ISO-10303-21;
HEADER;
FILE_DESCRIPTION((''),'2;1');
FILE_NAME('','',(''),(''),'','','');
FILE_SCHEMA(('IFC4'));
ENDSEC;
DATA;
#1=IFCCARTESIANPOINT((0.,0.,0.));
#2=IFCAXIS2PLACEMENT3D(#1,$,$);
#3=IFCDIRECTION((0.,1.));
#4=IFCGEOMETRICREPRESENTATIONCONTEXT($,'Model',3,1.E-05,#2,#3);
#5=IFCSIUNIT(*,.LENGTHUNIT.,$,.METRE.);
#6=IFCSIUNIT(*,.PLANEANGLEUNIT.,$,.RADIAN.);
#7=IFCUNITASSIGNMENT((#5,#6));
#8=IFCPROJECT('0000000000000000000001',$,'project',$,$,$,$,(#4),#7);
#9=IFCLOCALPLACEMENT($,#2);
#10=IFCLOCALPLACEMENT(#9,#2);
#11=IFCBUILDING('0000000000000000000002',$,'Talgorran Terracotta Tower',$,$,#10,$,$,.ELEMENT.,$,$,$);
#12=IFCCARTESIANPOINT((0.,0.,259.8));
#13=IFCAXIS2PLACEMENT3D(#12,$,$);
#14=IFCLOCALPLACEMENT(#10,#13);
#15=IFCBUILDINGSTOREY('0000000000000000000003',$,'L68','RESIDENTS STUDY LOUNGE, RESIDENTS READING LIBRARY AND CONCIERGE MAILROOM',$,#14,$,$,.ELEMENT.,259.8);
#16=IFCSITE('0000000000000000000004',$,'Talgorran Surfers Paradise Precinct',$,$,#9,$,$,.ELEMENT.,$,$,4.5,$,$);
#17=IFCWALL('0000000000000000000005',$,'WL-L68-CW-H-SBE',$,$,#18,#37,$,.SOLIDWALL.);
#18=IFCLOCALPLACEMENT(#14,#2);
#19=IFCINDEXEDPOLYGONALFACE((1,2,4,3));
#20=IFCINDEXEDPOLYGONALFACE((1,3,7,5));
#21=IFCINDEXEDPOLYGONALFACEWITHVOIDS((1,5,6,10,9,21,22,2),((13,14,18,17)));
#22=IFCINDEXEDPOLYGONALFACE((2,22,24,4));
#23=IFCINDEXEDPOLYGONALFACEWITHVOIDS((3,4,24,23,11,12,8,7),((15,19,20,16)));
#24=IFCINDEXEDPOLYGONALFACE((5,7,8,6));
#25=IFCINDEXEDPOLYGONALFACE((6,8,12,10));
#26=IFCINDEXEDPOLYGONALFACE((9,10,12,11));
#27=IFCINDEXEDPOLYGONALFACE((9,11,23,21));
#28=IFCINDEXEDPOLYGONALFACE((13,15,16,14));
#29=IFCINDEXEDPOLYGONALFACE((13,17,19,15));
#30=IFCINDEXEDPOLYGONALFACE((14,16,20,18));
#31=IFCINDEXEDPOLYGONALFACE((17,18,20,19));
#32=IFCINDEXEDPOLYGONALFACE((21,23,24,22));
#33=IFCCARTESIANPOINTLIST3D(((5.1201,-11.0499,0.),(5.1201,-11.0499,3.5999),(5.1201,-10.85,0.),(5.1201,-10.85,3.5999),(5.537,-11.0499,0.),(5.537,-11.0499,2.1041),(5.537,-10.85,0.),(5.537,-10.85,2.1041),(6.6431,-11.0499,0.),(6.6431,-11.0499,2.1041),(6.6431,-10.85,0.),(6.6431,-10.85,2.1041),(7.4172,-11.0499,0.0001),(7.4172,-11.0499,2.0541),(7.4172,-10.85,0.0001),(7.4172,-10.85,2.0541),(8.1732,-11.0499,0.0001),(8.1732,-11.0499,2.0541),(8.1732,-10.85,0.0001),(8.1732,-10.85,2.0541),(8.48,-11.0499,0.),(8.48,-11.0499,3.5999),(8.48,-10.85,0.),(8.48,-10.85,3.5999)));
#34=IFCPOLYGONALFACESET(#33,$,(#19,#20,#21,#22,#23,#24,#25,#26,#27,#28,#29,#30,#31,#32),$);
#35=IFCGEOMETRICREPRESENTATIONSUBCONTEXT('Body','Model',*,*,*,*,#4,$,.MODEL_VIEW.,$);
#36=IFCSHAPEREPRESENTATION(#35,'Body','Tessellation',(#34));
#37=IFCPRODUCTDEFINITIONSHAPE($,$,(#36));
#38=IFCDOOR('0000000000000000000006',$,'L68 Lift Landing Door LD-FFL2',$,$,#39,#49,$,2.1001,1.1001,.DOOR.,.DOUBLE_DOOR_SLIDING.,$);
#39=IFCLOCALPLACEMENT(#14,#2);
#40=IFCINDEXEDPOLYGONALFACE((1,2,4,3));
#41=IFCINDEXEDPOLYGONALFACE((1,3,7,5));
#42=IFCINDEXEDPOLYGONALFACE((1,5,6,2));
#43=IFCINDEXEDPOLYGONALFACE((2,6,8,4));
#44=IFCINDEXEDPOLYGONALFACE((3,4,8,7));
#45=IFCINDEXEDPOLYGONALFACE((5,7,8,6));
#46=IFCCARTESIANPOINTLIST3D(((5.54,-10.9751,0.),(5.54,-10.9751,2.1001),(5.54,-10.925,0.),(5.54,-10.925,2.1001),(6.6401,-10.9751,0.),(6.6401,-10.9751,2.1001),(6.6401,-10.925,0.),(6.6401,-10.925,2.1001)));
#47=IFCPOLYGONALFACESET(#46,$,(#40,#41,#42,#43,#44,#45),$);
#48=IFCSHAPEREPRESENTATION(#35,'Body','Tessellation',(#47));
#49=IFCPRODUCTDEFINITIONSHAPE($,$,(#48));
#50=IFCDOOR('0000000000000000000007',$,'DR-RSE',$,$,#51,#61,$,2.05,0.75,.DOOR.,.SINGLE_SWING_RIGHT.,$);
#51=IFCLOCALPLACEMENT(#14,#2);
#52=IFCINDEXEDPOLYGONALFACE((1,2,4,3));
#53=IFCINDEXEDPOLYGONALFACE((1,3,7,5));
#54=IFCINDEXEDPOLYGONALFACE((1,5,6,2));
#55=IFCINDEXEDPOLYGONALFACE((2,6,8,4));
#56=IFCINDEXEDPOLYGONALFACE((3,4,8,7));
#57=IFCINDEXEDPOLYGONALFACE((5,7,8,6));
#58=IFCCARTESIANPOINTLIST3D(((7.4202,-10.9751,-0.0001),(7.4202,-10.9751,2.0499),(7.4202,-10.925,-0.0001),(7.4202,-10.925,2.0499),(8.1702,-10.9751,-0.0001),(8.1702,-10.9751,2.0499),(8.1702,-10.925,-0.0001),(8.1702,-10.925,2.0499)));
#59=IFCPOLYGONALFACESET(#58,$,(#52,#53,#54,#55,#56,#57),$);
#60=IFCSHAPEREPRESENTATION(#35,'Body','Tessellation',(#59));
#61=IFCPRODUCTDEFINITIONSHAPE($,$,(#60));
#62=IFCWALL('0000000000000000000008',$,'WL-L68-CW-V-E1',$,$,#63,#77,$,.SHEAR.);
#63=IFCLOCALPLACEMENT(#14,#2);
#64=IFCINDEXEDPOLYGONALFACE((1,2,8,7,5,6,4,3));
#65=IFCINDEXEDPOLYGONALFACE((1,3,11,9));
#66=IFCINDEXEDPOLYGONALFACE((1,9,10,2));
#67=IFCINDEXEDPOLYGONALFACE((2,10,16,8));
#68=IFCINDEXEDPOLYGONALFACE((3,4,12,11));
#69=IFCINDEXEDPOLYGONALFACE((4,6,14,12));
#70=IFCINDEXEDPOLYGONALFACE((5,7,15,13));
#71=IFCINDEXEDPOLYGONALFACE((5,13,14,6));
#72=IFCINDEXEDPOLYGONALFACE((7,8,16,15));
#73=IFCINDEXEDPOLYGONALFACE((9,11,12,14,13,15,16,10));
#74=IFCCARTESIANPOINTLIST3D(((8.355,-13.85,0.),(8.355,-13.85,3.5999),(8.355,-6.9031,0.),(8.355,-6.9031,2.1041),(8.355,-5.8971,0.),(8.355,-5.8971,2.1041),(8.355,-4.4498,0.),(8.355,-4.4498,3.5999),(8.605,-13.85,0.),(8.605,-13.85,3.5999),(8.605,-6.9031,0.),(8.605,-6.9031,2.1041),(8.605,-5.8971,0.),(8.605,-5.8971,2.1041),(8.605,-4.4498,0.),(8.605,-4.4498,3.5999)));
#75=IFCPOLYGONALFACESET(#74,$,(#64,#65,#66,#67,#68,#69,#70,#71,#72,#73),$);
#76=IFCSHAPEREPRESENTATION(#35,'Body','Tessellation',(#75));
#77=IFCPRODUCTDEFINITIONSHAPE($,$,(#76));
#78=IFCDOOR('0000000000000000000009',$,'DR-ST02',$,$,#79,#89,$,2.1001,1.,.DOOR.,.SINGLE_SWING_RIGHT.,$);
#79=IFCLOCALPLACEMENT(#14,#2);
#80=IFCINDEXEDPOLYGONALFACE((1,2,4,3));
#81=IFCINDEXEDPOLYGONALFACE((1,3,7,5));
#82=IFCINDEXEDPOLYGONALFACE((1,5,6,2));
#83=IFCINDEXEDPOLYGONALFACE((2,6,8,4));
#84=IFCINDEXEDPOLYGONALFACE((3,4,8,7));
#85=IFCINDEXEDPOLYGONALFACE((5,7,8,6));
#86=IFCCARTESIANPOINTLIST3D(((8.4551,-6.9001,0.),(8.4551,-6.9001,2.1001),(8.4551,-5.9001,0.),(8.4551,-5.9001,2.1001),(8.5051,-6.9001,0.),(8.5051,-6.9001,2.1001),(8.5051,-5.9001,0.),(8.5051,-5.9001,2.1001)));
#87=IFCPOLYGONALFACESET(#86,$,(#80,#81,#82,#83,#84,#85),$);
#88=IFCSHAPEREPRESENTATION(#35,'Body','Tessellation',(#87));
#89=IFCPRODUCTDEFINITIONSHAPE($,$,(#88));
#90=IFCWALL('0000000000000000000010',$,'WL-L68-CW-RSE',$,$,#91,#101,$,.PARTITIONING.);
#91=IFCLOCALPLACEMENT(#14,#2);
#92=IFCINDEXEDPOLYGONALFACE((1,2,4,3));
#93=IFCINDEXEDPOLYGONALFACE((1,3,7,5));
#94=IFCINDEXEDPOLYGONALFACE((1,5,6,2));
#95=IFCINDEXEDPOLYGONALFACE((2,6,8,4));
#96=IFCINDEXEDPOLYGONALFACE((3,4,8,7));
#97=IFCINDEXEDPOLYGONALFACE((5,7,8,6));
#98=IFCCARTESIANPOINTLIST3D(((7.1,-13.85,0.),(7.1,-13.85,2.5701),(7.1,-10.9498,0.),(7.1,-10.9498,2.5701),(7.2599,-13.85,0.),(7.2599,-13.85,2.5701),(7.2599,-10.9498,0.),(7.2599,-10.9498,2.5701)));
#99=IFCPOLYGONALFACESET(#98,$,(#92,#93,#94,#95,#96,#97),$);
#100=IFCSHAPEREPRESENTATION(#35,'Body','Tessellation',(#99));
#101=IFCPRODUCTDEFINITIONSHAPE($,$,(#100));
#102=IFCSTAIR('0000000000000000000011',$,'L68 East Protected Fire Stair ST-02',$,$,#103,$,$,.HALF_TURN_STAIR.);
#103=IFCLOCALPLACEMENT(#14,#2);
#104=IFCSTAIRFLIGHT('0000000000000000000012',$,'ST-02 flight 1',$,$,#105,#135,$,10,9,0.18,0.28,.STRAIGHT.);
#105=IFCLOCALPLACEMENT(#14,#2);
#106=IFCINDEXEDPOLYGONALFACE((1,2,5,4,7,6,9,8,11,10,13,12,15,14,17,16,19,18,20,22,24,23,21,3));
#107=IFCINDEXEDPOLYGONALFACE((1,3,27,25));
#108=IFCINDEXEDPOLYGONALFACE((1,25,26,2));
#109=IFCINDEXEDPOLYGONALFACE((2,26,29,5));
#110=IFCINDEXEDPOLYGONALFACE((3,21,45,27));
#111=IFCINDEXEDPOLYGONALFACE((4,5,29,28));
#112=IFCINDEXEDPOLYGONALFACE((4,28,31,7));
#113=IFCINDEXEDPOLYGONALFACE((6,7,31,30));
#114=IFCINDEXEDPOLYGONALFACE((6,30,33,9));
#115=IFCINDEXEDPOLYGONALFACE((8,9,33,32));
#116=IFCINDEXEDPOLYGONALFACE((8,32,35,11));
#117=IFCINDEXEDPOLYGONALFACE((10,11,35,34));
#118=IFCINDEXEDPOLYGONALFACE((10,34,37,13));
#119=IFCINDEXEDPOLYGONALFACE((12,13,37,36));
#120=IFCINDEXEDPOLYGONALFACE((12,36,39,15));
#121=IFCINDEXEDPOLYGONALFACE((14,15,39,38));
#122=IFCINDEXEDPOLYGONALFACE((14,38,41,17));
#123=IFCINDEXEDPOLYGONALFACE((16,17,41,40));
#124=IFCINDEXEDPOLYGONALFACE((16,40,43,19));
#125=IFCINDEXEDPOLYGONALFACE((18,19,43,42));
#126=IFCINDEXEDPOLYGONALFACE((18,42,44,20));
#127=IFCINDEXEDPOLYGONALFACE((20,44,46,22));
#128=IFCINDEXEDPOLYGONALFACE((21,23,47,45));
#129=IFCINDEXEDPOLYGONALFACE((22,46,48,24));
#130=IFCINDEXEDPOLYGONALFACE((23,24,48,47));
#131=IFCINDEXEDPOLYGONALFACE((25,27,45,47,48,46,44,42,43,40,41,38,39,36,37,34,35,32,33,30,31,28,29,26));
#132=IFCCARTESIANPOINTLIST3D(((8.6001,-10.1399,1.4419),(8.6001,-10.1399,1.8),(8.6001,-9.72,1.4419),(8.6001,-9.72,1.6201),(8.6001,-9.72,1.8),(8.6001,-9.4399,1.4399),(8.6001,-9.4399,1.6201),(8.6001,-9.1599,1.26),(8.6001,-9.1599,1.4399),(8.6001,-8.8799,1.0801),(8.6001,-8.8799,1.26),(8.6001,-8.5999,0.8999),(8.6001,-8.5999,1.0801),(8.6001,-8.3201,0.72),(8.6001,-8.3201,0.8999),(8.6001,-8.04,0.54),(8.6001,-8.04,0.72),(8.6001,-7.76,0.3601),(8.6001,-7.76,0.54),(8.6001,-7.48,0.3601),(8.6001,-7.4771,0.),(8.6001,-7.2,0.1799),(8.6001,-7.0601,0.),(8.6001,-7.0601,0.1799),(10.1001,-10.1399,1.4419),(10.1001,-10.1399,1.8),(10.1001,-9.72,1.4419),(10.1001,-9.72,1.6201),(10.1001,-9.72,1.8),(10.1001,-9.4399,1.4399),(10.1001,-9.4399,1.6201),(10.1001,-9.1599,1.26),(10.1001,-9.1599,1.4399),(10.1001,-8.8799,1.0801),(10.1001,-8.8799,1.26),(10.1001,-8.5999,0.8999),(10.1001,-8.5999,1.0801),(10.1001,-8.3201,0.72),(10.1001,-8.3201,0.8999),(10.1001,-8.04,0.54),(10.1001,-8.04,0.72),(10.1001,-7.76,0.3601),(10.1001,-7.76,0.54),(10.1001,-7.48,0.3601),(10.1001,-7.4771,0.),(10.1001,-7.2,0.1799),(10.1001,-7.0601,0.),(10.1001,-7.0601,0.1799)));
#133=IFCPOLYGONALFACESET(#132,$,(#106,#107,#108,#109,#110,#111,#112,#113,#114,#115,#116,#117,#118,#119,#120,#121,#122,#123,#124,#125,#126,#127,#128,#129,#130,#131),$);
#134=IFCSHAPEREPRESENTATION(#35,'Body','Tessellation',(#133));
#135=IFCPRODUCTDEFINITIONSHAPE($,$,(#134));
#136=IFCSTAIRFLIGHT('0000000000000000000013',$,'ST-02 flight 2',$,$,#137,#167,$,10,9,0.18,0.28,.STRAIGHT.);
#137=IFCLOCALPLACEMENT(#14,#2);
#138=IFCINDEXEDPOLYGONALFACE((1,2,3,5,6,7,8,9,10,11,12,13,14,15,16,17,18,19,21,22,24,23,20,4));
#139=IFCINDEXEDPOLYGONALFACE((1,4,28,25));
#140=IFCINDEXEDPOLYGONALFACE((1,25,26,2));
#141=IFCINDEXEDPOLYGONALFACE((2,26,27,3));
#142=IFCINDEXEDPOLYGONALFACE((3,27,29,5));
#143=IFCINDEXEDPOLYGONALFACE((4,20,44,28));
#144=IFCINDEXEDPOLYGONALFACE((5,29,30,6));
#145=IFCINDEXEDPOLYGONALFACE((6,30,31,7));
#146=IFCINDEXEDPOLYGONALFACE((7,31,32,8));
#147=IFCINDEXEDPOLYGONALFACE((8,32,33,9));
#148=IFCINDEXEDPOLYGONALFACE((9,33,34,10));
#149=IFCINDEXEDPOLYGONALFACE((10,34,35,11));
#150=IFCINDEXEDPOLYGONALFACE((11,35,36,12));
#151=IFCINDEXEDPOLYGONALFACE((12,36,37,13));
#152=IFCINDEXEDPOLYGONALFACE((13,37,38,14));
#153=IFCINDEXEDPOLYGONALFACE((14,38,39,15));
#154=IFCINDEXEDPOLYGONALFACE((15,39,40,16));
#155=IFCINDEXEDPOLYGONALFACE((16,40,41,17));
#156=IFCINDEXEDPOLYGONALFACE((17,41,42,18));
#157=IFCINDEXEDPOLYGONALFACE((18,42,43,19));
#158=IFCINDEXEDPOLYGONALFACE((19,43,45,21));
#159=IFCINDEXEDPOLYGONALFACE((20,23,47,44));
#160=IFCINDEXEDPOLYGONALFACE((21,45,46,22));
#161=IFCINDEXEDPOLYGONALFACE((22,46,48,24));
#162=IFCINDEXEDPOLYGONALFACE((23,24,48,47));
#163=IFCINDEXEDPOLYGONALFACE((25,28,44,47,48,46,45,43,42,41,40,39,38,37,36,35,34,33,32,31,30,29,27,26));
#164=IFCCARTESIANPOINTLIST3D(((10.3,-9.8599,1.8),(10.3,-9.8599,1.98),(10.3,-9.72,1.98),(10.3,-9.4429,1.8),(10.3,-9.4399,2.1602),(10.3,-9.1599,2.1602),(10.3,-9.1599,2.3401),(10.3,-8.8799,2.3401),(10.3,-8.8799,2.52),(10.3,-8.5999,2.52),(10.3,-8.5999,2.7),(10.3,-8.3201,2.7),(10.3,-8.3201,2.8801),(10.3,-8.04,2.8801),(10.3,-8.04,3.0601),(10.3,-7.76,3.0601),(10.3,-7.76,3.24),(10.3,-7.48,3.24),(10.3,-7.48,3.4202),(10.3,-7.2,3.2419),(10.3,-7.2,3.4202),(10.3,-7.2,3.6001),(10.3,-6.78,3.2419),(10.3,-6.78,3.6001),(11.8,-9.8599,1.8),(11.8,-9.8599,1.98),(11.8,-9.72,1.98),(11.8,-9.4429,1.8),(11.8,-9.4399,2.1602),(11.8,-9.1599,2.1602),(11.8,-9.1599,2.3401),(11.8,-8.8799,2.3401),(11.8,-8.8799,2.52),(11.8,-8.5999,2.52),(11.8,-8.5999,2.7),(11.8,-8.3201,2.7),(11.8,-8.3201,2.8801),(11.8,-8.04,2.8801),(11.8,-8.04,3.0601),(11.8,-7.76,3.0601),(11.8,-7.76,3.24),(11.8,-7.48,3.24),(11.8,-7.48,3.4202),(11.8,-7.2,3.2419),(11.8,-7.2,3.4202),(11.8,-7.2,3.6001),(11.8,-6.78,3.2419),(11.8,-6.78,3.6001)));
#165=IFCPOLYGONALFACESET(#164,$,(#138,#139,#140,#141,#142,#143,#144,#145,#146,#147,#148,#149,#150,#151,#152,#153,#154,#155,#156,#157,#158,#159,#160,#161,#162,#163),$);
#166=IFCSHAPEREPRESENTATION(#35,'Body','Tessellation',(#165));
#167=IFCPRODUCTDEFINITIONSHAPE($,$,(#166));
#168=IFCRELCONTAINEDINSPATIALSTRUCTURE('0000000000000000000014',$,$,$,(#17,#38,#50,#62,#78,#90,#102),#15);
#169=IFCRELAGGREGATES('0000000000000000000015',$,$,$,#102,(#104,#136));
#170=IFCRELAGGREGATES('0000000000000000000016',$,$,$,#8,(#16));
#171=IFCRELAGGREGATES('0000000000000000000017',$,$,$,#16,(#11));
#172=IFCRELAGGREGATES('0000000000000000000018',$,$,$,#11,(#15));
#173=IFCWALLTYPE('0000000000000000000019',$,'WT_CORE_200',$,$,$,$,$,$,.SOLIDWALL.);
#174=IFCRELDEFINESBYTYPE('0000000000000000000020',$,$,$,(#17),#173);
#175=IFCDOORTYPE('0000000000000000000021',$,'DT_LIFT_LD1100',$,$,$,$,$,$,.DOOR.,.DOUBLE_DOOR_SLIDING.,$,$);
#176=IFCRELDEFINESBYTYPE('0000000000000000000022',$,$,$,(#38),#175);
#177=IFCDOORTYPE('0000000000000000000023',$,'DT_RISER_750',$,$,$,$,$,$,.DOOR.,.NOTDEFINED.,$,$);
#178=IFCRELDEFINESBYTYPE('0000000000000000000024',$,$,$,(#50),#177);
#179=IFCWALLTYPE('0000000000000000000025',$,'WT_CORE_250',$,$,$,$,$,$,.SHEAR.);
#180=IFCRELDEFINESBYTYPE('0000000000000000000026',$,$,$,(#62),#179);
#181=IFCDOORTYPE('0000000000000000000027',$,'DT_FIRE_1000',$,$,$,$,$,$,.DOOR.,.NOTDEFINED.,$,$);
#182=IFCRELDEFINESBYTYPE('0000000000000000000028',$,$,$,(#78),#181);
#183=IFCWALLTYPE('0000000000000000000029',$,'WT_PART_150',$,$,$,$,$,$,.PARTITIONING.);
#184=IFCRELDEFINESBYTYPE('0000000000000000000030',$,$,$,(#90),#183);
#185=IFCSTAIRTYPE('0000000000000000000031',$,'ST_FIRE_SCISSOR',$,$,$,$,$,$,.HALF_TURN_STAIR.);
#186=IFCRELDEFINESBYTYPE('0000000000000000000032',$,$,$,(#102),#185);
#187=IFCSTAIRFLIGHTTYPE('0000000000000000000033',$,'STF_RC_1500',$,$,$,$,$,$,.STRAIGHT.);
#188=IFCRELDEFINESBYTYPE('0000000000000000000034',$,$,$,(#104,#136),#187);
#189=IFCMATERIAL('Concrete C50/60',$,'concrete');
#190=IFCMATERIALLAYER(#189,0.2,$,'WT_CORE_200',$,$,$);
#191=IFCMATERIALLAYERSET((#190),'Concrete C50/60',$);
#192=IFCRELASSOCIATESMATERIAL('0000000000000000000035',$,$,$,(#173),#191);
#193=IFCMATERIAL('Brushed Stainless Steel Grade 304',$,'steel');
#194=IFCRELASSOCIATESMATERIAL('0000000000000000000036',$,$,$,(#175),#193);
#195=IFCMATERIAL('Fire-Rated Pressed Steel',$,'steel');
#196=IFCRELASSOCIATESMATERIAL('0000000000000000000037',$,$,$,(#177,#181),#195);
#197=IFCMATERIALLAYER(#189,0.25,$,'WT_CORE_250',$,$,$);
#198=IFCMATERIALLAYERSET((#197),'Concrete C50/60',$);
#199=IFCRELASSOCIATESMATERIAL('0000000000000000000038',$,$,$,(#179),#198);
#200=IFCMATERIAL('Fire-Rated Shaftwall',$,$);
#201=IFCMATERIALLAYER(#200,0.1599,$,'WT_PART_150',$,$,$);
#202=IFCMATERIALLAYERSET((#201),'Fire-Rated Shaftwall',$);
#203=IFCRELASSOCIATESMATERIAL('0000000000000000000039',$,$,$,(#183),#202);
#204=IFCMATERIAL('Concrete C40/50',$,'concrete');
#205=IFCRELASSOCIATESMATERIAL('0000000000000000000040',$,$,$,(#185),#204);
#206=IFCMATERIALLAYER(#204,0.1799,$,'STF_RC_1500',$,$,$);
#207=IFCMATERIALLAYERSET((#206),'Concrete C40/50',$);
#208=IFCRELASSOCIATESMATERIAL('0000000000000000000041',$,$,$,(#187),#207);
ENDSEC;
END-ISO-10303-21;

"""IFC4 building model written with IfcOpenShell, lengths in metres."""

from ifc_helpers import new_model, si_unit, direction, frame, frame_2d, origin, place, context, subcontext, project, spatial, polyline, rectangle, outline, extrude, material, layer, layer_set, type_object, element, fill, aggregate, save


model = new_model("IFC4")

# Units and contexts
model_context = context("Model", 3, precision=1e-05, world=origin(), true_north=direction((0.0, 1.0)))
body_context = subcontext(model_context, "Body", "Model", "MODEL_VIEW")
ifc_project = project(units=[si_unit("LENGTHUNIT", "METRE"), si_unit("PLANEANGLEUNIT", "RADIAN")], contexts=[model_context])

# Site, building, storey
site_placement = place(None, origin())
site = spatial("IfcSite", under=ifc_project, at=site_placement, Name="Talgorran Surfers Paradise Precinct", CompositionType="ELEMENT", RefElevation=4.5)
building_placement = place(site_placement, origin())
building = spatial("IfcBuilding", under=site, at=building_placement, Name="Talgorran Terracotta Tower", CompositionType="ELEMENT")
storey_placement = place(building_placement, frame((0.0, 0.0, 259.8)))
storey = spatial("IfcBuildingStorey", under=building, at=storey_placement, Name="L68", Description="RESIDENTS STUDY LOUNGE, RESIDENTS READING LIBRARY AND CONCIERGE MAILROOM", CompositionType="ELEMENT", Elevation=259.8)

# Shared definitions
ifc_material_1 = material(Name="Concrete C50/60", Category="concrete")

# Shared definitions
ifc_layer_1 = layer(ifc_material_1, 0.2, Name="WT_CORE_200")
ifc_layer_set_1 = layer_set([ifc_layer_1], Name="Concrete C50/60")
wall_type_1 = type_object("IfcWallType", Name="WT_CORE_200", PredefinedType="SOLIDWALL", material=ifc_layer_set_1)

# Wall, openings, doors
wall_1_placement = place(storey_placement, frame((5.1201, -10.95, 0.0), z_axis=(0.0, 0.0, 1.0), x_axis=(1.0, 0.0, 0.0)))
wall_1 = element("IfcWall", 1, at=wall_1_placement, inside=storey, type_object=wall_type_1, Name="WL-L68-CW-H-SBE", PredefinedType="SOLIDWALL", context=body_context, shape_type="SweptSolid", body=[
    extrude(rectangle(XDim=3.3599, YDim=0.2, at=frame_2d((1.6799, 0.0))), origin(), (0.0, 0.0, 1.0), 3.5999),
])
opening_1_placement = place(wall_1_placement, frame((0.4199, 0.0, 0.0)))
opening_1 = element("IfcOpeningElement", 2, at=opening_1_placement, cuts=wall_1, PredefinedType="OPENING", context=body_context, shape_type="SweptSolid", body=[
    extrude(rectangle(XDim=1.1061, YDim=2.1041, at=frame_2d((0.55, 1.052))), frame((0.0, 0.1099, 0.0), z_axis=(0.0, -1.0, 0.0), x_axis=(1.0, 0.0, 0.0)), (0.0, 0.0, 1.0), 0.22),
])
opening_2_placement = place(wall_1_placement, frame((2.3, 0.0, 0.0)))
opening_2 = element("IfcOpeningElement", 3, at=opening_2_placement, cuts=wall_1, PredefinedType="OPENING", context=body_context, shape_type="SweptSolid", body=[
    extrude(rectangle(XDim=0.756, YDim=2.054, at=frame_2d((0.375, 1.0271))), frame((0.0, 0.1099, 0.0), z_axis=(0.0, -1.0, 0.0), x_axis=(1.0, 0.0, 0.0)), (0.0, 0.0, 1.0), 0.22),
])
ifc_material_2 = material(Name="Brushed Stainless Steel Grade 304", Category="steel")
door_type_1 = type_object("IfcDoorType", Name="DT_LIFT_LD1100", OperationType="DOUBLE_DOOR_SLIDING", PredefinedType="DOOR", material=ifc_material_2)
door_1_placement = place(opening_1_placement, origin())
door_1 = element("IfcDoor", 4, at=door_1_placement, inside=storey, type_object=door_type_1, Name="L68 Lift Landing Door LD-FFL2", OperationType="DOUBLE_DOOR_SLIDING", OverallHeight=2.1001, OverallWidth=1.1001, PredefinedType="DOOR", context=body_context, shape_type="SweptSolid", body=[
    extrude(rectangle(XDim=1.1001, YDim=2.1001, at=frame_2d((0.55, 1.05))), frame((0.0, 0.0249, 0.0), z_axis=(0.0, -1.0, 0.0), x_axis=(1.0, 0.0, 0.0)), (0.0, 0.0, 1.0), 0.05),
])
fill(opening_1, door_1)
ifc_material_3 = material(Name="Fire-Rated Pressed Steel", Category="steel")
door_type_2 = type_object("IfcDoorType", Name="DT_RISER_750", OperationType="NOTDEFINED", PredefinedType="DOOR", material=ifc_material_3)
door_2_placement = place(opening_2_placement, origin())
door_2 = element("IfcDoor", 5, at=door_2_placement, inside=storey, type_object=door_type_2, Name="DR-RSE", OperationType="SINGLE_SWING_RIGHT", OverallHeight=2.05, OverallWidth=0.75, PredefinedType="DOOR", context=body_context, shape_type="SweptSolid", body=[
    extrude(rectangle(XDim=0.75, YDim=2.05, at=frame_2d((0.375, 1.0249))), frame((0.0, 0.0249, 0.0), z_axis=(0.0, -1.0, 0.0), x_axis=(1.0, 0.0, 0.0)), (0.0, 0.0, 1.0), 0.05),
])
fill(opening_2, door_2)

# Wall, opening, door
ifc_layer_2 = layer(ifc_material_1, 0.25, Name="WT_CORE_250")
ifc_layer_set_2 = layer_set([ifc_layer_2], Name="Concrete C50/60")
wall_type_2 = type_object("IfcWallType", Name="WT_CORE_250", PredefinedType="SHEAR", material=ifc_layer_set_2)
wall_2_placement = place(storey_placement, frame((8.48, -13.8501, 0.0), z_axis=(0.0, 0.0, 1.0), x_axis=(0.0, 1.0, 0.0)))
wall_2 = element("IfcWall", 6, at=wall_2_placement, inside=storey, type_object=wall_type_2, Name="WL-L68-CW-V-E1", PredefinedType="SHEAR", context=body_context, shape_type="SweptSolid", body=[
    extrude(rectangle(XDim=9.4001, YDim=0.25, at=frame_2d((4.7002, 0.0))), origin(), (0.0, 0.0, 1.0), 3.5999),
])
opening_3_placement = place(wall_2_placement, frame((6.95, 0.0, 0.0)))
opening_3 = element("IfcOpeningElement", 7, at=opening_3_placement, cuts=wall_2, PredefinedType="OPENING", context=body_context, shape_type="SweptSolid", body=[
    extrude(rectangle(XDim=1.006, YDim=2.1041, at=frame_2d((0.5, 1.052))), frame((0.0, 0.135, 0.0), z_axis=(0.0, -1.0, 0.0), x_axis=(1.0, 0.0, 0.0)), (0.0, 0.0, 1.0), 0.27),
])
door_type_3 = type_object("IfcDoorType", Name="DT_FIRE_1000", OperationType="NOTDEFINED", PredefinedType="DOOR", material=ifc_material_3)
door_3_placement = place(opening_3_placement, origin())
door_3 = element("IfcDoor", 8, at=door_3_placement, inside=storey, type_object=door_type_3, Name="DR-ST02", OperationType="SINGLE_SWING_RIGHT", OverallHeight=2.1001, OverallWidth=1.0, PredefinedType="DOOR", context=body_context, shape_type="SweptSolid", body=[
    extrude(rectangle(XDim=1.0, YDim=2.1001, at=frame_2d((0.5, 1.05))), frame((0.0, 0.0249, 0.0), z_axis=(0.0, -1.0, 0.0), x_axis=(1.0, 0.0, 0.0)), (0.0, 0.0, 1.0), 0.05),
])
fill(opening_3, door_3)

# Wall
ifc_material_4 = material(Name="Fire-Rated Shaftwall")
ifc_layer_3 = layer(ifc_material_4, 0.1599, Name="WT_PART_150")
ifc_layer_set_3 = layer_set([ifc_layer_3], Name="Fire-Rated Shaftwall")
wall_type_3 = type_object("IfcWallType", Name="WT_PART_150", PredefinedType="PARTITIONING", material=ifc_layer_set_3)
wall_3_placement = place(storey_placement, frame((7.1799, -13.8501, 0.0), z_axis=(0.0, 0.0, 1.0), x_axis=(0.0, 1.0, 0.0)))
element("IfcWall", 9, at=wall_3_placement, inside=storey, type_object=wall_type_3, Name="WL-L68-CW-RSE", PredefinedType="PARTITIONING", context=body_context, shape_type="SweptSolid", body=[
    extrude(rectangle(XDim=2.9001, YDim=0.1599, at=frame_2d((1.4502, 0.0))), origin(), (0.0, 0.0, 1.0), 2.5701),
])

# Stair, stair flights
ifc_material_5 = material(Name="Concrete C40/50", Category="concrete")
stair_type = type_object("IfcStairType", Name="ST_FIRE_SCISSOR", PredefinedType="HALF_TURN_STAIR", material=ifc_material_5)
stair_placement = place(storey_placement, origin())
stair = element("IfcStair", 10, at=stair_placement, inside=storey, type_object=stair_type, Name="L68 East Protected Fire Stair ST-02", PredefinedType="HALF_TURN_STAIR")
ifc_layer_4 = layer(ifc_material_5, 0.1799, Name="STF_RC_1500")
ifc_layer_set_4 = layer_set([ifc_layer_4], Name="Concrete C40/50")
stair_flight_type = type_object("IfcStairFlightType", Name="STF_RC_1500", PredefinedType="STRAIGHT", material=ifc_layer_set_4)
stair_flight_1_placement = place(storey_placement, frame((9.3501, -7.2, 0.0), z_axis=(0.0, 0.0, 1.0), x_axis=(0.0, -1.0, 0.0)))
stair_flight_1 = element("IfcStairFlight", 11, at=stair_flight_1_placement, type_object=stair_flight_type, Name="ST-02 flight 1", NumberOfRisers=10, NumberOfTreads=9, PredefinedType="STRAIGHT", RiserHeight=0.18, TreadLength=0.28, context=body_context, shape_type="SweptSolid", body=[
    extrude(outline(polyline([(-0.1399, 0.0), (-0.1399, 0.1799), (0.0, 0.1799), (0.28, 0.3601), (0.5601, 0.3601), (0.5601, 0.54), (0.8401, 0.54), (0.8401, 0.72), (1.1201, 0.72), (1.1201, 0.8999), (1.3999, 0.8999), (1.3999, 1.0801), (1.6799, 1.0801), (1.6799, 1.26), (1.96, 1.26), (1.96, 1.4399), (2.24, 1.4399), (2.24, 1.6201), (2.52, 1.6201), (2.52, 1.8), (2.9399, 1.8), (2.9399, 1.4419), (2.52, 1.4419), (0.2771, 0.0), (-0.1399, 0.0)])), frame((0.0, 0.75, 0.0), z_axis=(0.0, -1.0, 0.0), x_axis=(1.0, 0.0, 0.0)), (0.0, 0.0, 1.0), 1.5),
])
stair_flight_2_placement = place(storey_placement, frame((11.05, -9.72, 1.8), z_axis=(0.0, 0.0, 1.0), x_axis=(0.0, 1.0, 0.0)))
stair_flight_2 = element("IfcStairFlight", 12, at=stair_flight_2_placement, type_object=stair_flight_type, Name="ST-02 flight 2", NumberOfRisers=10, NumberOfTreads=9, PredefinedType="STRAIGHT", RiserHeight=0.18, TreadLength=0.28, context=body_context, shape_type="SweptSolid", body=[
    extrude(outline(polyline([(-0.1399, 0.0), (-0.1399, 0.1799), (0.0, 0.1799), (0.28, 0.3601), (0.5601, 0.3601), (0.5601, 0.54), (0.8401, 0.54), (0.8401, 0.72), (1.1201, 0.72), (1.1201, 0.8999), (1.3999, 0.8999), (1.3999, 1.0801), (1.6799, 1.0801), (1.6799, 1.26), (1.96, 1.26), (1.96, 1.4399), (2.24, 1.4399), (2.24, 1.6201), (2.52, 1.6201), (2.52, 1.8), (2.9399, 1.8), (2.9399, 1.4419), (2.52, 1.4419), (0.2771, 0.0), (-0.1399, 0.0)])), frame((0.0, 0.75, 0.0), z_axis=(0.0, -1.0, 0.0), x_axis=(1.0, 0.0, 0.0)), (0.0, 0.0, 1.0), 1.5),
])
aggregate(stair, [stair_flight_1, stair_flight_2])

save(model, "model.ifc")
